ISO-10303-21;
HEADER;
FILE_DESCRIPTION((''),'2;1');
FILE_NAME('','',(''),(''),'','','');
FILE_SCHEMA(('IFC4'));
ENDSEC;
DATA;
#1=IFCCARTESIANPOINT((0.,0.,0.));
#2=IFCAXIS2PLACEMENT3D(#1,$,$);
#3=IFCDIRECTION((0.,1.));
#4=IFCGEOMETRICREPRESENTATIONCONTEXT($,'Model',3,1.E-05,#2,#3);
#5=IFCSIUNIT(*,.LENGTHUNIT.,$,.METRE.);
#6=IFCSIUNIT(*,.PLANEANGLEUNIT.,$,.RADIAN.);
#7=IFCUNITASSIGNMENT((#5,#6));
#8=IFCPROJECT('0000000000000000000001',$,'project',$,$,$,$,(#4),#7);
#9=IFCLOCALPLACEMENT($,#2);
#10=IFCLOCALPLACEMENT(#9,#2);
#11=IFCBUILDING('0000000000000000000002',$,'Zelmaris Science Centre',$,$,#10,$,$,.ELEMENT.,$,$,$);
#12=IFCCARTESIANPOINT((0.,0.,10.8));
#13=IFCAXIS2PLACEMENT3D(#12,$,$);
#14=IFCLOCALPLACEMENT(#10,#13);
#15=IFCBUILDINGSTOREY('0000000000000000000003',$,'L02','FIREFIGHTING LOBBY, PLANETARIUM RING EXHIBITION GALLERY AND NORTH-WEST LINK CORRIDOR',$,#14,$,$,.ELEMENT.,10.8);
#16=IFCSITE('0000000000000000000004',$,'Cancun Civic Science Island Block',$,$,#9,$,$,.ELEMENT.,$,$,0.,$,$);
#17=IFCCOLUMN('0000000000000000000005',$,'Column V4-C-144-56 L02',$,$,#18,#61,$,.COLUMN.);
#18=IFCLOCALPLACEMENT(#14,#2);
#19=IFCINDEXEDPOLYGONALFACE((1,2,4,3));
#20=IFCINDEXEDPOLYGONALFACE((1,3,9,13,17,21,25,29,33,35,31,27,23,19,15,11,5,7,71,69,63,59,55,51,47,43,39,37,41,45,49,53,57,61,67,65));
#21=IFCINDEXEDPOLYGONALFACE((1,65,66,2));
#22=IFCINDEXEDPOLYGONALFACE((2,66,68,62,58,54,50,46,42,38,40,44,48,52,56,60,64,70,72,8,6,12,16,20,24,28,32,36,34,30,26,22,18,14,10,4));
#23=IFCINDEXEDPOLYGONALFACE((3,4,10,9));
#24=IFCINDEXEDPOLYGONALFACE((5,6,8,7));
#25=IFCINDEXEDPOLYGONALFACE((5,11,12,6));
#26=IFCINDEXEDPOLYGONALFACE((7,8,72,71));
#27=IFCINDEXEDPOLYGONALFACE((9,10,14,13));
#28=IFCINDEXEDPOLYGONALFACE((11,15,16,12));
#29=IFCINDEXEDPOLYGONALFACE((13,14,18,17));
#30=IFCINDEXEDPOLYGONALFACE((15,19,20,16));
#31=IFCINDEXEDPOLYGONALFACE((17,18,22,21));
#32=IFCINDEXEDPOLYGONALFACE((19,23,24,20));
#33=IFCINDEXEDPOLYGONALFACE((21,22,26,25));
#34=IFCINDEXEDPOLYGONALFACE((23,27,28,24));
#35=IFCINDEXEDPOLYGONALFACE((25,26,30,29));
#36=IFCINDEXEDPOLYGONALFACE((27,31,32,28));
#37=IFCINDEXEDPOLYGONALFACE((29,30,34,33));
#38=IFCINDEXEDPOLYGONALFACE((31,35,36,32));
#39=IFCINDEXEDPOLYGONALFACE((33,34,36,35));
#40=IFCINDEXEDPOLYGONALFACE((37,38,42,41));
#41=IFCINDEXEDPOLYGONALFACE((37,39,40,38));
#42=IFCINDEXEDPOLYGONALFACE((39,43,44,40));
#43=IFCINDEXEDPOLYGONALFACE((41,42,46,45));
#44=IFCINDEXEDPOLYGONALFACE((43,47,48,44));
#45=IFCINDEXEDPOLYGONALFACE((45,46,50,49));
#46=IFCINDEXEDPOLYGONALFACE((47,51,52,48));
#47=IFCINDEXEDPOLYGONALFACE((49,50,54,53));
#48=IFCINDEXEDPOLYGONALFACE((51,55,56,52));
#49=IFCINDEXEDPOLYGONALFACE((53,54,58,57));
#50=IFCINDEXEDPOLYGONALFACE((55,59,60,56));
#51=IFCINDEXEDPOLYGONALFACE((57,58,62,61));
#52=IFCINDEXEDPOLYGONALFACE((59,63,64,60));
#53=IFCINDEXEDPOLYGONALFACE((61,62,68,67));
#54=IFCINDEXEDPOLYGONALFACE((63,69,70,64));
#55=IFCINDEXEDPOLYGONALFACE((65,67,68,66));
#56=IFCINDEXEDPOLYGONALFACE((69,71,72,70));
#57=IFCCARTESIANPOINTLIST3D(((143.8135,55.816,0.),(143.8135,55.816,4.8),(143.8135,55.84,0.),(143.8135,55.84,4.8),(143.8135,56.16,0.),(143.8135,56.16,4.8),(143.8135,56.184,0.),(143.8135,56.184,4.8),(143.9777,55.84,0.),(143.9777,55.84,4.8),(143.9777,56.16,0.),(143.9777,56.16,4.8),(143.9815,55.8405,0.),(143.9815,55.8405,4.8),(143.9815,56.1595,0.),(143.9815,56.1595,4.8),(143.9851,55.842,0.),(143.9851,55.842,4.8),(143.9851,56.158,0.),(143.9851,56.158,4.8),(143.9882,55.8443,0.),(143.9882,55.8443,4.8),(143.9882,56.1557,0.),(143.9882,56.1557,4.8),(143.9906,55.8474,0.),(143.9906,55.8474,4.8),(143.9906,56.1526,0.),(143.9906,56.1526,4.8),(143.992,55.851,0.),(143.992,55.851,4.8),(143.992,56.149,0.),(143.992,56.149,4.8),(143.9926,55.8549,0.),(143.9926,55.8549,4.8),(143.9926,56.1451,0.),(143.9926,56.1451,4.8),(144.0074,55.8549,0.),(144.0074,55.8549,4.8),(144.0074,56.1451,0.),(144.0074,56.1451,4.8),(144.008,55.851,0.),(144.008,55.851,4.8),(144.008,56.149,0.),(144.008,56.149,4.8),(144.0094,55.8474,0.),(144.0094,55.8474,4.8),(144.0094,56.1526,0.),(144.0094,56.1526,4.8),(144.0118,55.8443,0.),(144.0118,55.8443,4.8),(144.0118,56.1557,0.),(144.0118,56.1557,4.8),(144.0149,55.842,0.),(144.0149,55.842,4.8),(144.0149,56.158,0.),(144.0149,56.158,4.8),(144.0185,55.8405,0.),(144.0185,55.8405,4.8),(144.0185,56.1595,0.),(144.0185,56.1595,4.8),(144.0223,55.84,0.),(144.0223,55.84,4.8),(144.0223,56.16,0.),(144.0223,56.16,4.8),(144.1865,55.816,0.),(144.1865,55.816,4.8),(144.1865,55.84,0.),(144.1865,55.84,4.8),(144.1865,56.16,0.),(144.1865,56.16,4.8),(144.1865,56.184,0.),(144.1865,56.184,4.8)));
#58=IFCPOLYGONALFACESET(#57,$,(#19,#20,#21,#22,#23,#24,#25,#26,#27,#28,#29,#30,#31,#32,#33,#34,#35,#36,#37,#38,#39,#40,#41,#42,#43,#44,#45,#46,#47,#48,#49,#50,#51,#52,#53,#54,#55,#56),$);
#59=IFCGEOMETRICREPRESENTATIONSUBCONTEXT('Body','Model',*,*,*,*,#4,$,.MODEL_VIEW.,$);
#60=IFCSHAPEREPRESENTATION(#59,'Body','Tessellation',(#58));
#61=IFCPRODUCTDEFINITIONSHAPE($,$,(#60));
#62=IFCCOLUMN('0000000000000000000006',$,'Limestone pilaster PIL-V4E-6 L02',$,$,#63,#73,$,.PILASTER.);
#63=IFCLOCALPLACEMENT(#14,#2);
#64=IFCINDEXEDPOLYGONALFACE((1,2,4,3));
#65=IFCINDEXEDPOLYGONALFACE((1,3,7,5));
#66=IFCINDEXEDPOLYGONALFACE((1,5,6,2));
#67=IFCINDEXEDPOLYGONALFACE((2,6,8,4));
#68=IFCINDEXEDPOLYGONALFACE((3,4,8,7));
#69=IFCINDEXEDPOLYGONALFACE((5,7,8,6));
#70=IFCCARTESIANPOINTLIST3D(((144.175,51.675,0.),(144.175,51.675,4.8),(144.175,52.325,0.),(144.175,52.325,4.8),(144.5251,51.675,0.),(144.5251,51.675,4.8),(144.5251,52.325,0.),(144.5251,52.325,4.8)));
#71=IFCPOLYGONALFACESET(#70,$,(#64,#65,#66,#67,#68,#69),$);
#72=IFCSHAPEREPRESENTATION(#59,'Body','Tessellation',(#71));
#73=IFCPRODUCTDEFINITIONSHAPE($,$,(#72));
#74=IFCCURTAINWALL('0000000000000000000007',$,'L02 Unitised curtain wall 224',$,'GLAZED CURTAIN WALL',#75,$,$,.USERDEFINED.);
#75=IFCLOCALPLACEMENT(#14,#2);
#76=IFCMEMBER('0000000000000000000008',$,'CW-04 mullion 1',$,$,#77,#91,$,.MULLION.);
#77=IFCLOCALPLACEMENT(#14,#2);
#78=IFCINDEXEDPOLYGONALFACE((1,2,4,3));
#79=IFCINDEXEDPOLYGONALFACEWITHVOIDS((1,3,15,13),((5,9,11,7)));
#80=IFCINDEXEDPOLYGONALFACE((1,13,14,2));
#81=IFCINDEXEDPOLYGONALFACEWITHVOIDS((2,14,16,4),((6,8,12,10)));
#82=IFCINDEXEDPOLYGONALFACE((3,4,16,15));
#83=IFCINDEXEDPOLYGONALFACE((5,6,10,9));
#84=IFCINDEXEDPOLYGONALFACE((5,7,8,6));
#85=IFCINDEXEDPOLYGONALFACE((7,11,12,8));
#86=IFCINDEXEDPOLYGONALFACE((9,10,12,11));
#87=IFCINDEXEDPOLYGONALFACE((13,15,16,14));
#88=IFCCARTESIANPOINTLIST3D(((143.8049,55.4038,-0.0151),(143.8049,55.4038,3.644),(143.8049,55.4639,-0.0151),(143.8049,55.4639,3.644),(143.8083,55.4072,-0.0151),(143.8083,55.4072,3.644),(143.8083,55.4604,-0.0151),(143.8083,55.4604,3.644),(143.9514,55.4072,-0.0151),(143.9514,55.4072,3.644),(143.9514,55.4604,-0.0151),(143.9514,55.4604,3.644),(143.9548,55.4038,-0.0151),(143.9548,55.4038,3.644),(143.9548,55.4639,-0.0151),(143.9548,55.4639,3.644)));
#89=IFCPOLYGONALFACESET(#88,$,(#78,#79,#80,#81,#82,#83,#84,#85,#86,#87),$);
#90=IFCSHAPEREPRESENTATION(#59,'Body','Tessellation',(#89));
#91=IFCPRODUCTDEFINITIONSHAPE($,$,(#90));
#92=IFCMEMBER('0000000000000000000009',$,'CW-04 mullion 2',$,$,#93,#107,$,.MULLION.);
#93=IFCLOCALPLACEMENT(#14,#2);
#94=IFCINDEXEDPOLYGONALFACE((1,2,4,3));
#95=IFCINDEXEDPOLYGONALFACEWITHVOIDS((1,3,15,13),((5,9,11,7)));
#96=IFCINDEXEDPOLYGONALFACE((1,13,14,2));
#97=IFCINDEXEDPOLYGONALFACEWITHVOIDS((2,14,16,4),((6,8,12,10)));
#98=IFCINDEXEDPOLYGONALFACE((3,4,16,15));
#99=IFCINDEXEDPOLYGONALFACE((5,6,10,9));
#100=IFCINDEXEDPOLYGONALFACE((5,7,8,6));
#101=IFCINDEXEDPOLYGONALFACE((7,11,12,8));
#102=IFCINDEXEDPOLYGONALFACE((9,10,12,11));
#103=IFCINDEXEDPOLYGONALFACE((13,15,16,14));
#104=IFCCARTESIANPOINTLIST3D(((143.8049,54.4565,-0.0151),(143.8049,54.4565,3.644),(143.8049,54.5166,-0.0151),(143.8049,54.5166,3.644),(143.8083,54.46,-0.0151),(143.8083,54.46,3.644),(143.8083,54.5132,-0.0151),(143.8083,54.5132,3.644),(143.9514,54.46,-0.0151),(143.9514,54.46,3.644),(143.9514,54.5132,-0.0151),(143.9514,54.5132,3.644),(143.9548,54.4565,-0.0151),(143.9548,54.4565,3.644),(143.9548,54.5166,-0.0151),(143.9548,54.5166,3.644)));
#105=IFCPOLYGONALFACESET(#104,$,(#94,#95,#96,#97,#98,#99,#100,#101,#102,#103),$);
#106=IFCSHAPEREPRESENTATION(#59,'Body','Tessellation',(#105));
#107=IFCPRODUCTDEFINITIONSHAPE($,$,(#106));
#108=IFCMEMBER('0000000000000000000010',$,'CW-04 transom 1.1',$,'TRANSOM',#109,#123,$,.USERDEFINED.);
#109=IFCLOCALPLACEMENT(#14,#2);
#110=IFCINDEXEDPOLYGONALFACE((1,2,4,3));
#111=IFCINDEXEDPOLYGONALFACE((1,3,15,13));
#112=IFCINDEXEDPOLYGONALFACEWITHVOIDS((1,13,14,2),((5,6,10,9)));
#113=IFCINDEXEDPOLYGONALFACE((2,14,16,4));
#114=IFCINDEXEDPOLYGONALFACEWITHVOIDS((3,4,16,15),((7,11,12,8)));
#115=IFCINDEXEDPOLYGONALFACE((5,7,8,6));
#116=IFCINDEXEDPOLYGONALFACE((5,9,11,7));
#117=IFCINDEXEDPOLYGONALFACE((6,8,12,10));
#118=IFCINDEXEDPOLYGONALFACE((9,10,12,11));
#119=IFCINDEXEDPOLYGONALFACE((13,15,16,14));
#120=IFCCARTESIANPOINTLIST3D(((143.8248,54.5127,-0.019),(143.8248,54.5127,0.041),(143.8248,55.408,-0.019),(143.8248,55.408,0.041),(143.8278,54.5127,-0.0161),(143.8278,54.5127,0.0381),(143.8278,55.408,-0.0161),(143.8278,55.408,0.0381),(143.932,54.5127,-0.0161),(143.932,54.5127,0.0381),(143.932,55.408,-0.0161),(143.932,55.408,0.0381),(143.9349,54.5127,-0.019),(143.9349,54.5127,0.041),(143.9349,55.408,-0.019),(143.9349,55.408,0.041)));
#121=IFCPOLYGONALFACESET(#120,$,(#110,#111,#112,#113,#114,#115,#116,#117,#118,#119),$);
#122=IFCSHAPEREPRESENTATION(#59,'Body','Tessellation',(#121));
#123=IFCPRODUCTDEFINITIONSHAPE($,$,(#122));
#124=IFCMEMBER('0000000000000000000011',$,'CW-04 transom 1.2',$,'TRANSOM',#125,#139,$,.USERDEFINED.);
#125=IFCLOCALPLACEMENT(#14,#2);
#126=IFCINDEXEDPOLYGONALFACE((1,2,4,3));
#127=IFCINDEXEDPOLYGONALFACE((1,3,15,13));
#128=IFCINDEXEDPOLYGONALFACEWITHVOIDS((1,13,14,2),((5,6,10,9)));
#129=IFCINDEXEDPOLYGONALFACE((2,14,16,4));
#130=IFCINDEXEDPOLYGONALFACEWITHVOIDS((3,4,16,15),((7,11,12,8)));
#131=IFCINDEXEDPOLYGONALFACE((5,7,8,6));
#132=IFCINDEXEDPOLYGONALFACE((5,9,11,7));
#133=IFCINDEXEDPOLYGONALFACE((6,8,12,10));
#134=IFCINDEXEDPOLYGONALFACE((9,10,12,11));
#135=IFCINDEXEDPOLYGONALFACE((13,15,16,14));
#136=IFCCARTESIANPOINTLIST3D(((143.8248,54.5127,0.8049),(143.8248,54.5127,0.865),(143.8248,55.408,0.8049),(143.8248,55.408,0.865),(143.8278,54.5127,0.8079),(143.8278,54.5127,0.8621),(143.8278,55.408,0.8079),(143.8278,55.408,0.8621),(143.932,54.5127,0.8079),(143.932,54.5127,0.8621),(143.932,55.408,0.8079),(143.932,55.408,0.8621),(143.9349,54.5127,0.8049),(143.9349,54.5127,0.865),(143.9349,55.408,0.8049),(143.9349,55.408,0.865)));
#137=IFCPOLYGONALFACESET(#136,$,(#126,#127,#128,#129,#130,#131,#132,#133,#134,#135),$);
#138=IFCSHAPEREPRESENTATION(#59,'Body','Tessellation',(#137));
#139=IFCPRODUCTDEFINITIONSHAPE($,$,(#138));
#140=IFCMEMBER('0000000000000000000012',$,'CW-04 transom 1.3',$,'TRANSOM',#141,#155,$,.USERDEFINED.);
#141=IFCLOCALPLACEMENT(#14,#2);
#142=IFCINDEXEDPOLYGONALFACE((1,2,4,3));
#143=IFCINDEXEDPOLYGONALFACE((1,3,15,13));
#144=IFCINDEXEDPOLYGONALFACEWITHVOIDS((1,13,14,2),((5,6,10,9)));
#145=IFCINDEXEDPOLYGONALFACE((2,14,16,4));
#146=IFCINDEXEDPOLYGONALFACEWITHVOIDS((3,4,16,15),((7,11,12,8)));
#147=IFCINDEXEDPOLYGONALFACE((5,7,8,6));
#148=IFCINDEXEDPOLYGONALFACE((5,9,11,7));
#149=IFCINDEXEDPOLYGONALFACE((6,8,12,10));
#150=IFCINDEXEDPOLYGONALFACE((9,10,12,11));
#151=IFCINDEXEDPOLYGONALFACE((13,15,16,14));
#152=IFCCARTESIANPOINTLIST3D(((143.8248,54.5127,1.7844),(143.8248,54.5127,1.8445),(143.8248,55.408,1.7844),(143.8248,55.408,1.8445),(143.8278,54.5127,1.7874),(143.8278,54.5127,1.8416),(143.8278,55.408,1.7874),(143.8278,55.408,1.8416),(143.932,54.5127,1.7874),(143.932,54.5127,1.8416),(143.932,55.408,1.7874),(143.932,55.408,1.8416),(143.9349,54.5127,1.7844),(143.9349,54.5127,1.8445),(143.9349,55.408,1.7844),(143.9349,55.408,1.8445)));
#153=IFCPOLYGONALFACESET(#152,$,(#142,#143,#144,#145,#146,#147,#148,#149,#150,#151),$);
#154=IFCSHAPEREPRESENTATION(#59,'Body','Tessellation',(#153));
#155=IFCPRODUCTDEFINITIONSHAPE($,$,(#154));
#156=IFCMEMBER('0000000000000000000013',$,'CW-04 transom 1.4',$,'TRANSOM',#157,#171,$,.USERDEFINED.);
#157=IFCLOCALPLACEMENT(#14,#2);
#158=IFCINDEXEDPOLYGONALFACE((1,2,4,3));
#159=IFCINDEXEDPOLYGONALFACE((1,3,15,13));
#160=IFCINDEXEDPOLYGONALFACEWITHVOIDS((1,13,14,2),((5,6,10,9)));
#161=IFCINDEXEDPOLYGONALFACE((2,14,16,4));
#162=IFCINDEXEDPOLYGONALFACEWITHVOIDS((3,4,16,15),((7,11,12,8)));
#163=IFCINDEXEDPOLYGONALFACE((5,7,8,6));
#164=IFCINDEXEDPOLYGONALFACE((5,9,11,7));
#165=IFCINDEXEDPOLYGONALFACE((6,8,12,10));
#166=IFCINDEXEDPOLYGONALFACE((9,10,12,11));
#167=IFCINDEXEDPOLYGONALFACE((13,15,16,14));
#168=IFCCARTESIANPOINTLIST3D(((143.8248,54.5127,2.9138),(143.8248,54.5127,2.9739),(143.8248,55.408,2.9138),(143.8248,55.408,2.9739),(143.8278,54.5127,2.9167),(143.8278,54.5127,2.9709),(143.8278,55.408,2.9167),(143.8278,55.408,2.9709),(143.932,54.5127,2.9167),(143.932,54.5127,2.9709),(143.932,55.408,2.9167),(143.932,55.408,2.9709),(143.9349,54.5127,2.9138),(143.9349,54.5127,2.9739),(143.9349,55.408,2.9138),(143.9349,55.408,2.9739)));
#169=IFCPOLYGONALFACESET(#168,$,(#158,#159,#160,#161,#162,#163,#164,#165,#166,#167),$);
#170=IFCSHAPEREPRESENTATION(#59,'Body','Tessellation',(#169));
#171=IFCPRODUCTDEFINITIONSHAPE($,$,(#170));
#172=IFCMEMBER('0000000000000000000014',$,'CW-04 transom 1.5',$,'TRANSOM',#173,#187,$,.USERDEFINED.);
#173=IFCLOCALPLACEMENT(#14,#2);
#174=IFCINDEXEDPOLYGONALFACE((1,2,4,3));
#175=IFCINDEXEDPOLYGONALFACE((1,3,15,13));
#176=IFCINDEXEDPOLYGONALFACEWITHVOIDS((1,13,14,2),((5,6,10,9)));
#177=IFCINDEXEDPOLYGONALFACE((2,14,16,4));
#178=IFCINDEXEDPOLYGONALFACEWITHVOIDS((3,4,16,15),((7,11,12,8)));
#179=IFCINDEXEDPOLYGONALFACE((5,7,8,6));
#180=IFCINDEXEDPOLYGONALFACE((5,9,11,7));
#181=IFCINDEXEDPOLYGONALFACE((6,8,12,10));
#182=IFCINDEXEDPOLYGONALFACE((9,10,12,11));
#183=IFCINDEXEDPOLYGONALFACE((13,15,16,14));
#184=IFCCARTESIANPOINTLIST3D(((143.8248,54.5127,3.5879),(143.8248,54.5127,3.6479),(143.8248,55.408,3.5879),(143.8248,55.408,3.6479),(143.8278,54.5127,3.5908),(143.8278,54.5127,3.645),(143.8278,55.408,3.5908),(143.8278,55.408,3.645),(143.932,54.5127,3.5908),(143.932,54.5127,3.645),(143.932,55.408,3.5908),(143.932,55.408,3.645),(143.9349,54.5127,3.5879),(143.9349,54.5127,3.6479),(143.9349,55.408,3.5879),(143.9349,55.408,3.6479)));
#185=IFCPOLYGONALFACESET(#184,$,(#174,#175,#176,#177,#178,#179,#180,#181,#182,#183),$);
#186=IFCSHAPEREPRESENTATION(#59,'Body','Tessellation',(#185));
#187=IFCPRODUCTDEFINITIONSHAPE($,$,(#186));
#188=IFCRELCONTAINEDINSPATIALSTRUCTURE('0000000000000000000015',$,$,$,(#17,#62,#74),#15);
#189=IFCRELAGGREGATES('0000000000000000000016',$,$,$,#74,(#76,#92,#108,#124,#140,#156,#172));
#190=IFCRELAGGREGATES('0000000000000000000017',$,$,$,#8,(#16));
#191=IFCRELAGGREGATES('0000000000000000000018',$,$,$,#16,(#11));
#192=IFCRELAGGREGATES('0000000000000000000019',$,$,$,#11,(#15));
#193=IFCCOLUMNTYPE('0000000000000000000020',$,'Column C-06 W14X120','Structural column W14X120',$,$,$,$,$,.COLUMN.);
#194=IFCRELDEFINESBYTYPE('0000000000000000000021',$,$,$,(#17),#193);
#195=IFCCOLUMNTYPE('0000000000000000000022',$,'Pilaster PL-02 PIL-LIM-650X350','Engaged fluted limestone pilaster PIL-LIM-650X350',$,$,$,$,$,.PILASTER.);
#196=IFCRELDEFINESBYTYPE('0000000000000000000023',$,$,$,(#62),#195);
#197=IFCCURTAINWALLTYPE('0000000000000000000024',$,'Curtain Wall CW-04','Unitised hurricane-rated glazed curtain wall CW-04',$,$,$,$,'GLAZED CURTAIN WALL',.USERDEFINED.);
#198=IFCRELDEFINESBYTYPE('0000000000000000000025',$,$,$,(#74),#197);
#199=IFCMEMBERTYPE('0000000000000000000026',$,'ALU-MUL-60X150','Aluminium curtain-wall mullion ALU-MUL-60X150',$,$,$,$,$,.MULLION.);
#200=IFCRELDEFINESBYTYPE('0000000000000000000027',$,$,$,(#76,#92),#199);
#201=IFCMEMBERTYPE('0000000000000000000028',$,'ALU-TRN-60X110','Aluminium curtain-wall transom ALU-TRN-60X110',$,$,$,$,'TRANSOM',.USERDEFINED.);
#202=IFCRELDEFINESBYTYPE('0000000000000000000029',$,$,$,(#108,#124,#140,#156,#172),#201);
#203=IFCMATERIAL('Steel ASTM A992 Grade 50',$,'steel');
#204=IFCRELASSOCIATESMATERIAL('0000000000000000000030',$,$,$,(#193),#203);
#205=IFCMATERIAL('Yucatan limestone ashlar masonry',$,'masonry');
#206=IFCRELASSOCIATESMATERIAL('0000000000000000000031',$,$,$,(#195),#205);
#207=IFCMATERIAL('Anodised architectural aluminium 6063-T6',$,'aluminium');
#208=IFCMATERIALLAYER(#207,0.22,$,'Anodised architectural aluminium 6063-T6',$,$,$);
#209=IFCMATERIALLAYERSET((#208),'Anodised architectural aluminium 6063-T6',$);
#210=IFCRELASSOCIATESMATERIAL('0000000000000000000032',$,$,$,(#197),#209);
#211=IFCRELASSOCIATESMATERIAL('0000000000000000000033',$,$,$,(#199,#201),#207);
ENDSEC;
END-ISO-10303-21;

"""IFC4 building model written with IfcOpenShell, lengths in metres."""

from ifc_helpers import new_model, si_unit, direction, frame, origin, origin_2d, place, context, subcontext, project, spatial, rectangle, hollow_rectangle, i_section, extrude, material, layer, layer_set, material_profile, profile_set, type_object, element, aggregate, save


model = new_model("IFC4")

# Units and contexts
model_context = context("Model", 3, precision=1e-05, world=origin(), true_north=direction((0.0, 1.0)))
body_context = subcontext(model_context, "Body", "Model", "MODEL_VIEW")
ifc_project = project(units=[si_unit("LENGTHUNIT", "METRE"), si_unit("PLANEANGLEUNIT", "RADIAN")], contexts=[model_context])

# Site, building, storey
site_placement = place(None, origin())
site = spatial("IfcSite", under=ifc_project, at=site_placement, Name="Cancun Civic Science Island Block", CompositionType="ELEMENT", RefElevation=0.0)
building_placement = place(site_placement, origin())
building = spatial("IfcBuilding", under=site, at=building_placement, Name="Zelmaris Science Centre", CompositionType="ELEMENT")
storey_placement = place(building_placement, frame((0.0, 0.0, 10.8)))
storey = spatial("IfcBuildingStorey", under=building, at=storey_placement, Name="L02", Description="FIREFIGHTING LOBBY, PLANETARIUM RING EXHIBITION GALLERY AND NORTH-WEST LINK CORRIDOR", CompositionType="ELEMENT", Elevation=10.8)

# Columns
ifc_material_1 = material(Name="Steel ASTM A992 Grade 50", Category="steel")
ifc_material_profile_1 = material_profile(ifc_material_1, i_section(OverallWidth=0.373, OverallDepth=0.3679, WebThickness=0.0149, FlangeThickness=0.0239, FilletRadius=0.0149, at=origin_2d()), Name="W14X120")
ifc_profile_set_1 = profile_set([ifc_material_profile_1], Name="Steel ASTM A992 Grade 50")
column_type_1 = type_object("IfcColumnType", Name="Column C-06 W14X120", Description="Structural column W14X120", PredefinedType="COLUMN", material=ifc_profile_set_1)
column_1_placement = place(storey_placement, frame((144.0, 56.0, 0.0), z_axis=(0.0, 0.0, 1.0), x_axis=(1.0, 0.0, 0.0)))
element("IfcColumn", 1, at=column_1_placement, inside=storey, type_object=column_type_1, Name="Column V4-C-144-56 L02", PredefinedType="COLUMN", context=body_context, shape_type="SweptSolid", body=[
    extrude(i_section(OverallWidth=0.373, OverallDepth=0.3679, WebThickness=0.0149, FlangeThickness=0.0239, FilletRadius=0.0149, at=origin_2d()), origin(), (0.0, 0.0, 1.0), 4.8),
])
ifc_material_2 = material(Name="Yucatan limestone ashlar masonry", Category="masonry")
ifc_material_profile_2 = material_profile(ifc_material_2, rectangle(XDim=0.6499, YDim=0.3501, at=origin_2d()), Name="PIL-LIM-650X350")
ifc_profile_set_2 = profile_set([ifc_material_profile_2], Name="Yucatan limestone ashlar masonry")
column_type_2 = type_object("IfcColumnType", Name="Pilaster PL-02 PIL-LIM-650X350", Description="Engaged fluted limestone pilaster PIL-LIM-650X350", PredefinedType="PILASTER", material=ifc_profile_set_2)
column_2_placement = place(storey_placement, frame((144.3501, 52.0, 0.0), z_axis=(0.0, 0.0, 1.0), x_axis=(0.0, 1.0, 0.0)))
element("IfcColumn", 2, at=column_2_placement, inside=storey, type_object=column_type_2, Name="Limestone pilaster PIL-V4E-6 L02", PredefinedType="PILASTER", context=body_context, shape_type="SweptSolid", body=[
    extrude(rectangle(XDim=0.6499, YDim=0.3501, at=origin_2d()), origin(), (0.0, 0.0, 1.0), 4.8),
])

# Curtain wall, members
ifc_material_3 = material(Name="Anodised architectural aluminium 6063-T6", Category="aluminium")
ifc_layer_1 = layer(ifc_material_3, 0.22, Name="Anodised architectural aluminium 6063-T6")
ifc_layer_set_1 = layer_set([ifc_layer_1], Name="Anodised architectural aluminium 6063-T6")
curtain_wall_type = type_object("IfcCurtainWallType", Name="Curtain Wall CW-04", Description="Unitised hurricane-rated glazed curtain wall CW-04", ElementType="GLAZED CURTAIN WALL", PredefinedType="USERDEFINED", material=ifc_layer_set_1)
curtain_wall_placement = place(storey_placement, origin())
curtain_wall = element("IfcCurtainWall", 3, at=curtain_wall_placement, inside=storey, type_object=curtain_wall_type, Name="L02 Unitised curtain wall 224", ObjectType="GLAZED CURTAIN WALL", PredefinedType="USERDEFINED")
ifc_material_profile_3 = material_profile(ifc_material_3, hollow_rectangle(XDim=0.0601, YDim=0.1499, WallThickness=0.0034, at=origin_2d()), Name="ALU-MUL-60X150")
ifc_profile_set_3 = profile_set([ifc_material_profile_3], Name="Anodised architectural aluminium 6063-T6")
member_type_1 = type_object("IfcMemberType", Name="ALU-MUL-60X150", Description="Aluminium curtain-wall mullion ALU-MUL-60X150", PredefinedType="MULLION", material=ifc_profile_set_3)
member_1_placement = place(storey_placement, frame((143.8799, 55.4338, -0.0151), z_axis=(0.0, 0.0, 1.0), x_axis=(0.0, -1.0, 0.0)))
member_1 = element("IfcMember", 4, at=member_1_placement, type_object=member_type_1, Name="CW-04 mullion 1", PredefinedType="MULLION", context=body_context, shape_type="SweptSolid", body=[
    extrude(hollow_rectangle(XDim=0.0601, YDim=0.1499, WallThickness=0.0034, at=origin_2d()), origin(), (0.0, 0.0, 1.0), 3.6592),
])
member_2_placement = place(storey_placement, frame((143.8799, 54.4866, -0.0151), z_axis=(0.0, 0.0, 1.0), x_axis=(0.0, -1.0, 0.0)))
member_2 = element("IfcMember", 5, at=member_2_placement, type_object=member_type_1, Name="CW-04 mullion 2", PredefinedType="MULLION", context=body_context, shape_type="SweptSolid", body=[
    extrude(hollow_rectangle(XDim=0.0601, YDim=0.1499, WallThickness=0.0034, at=origin_2d()), origin(), (0.0, 0.0, 1.0), 3.6592),
])
ifc_material_profile_4 = material_profile(ifc_material_3, hollow_rectangle(XDim=0.0601, YDim=0.1101, WallThickness=0.0029, at=origin_2d()), Name="ALU-TRN-60X110")
ifc_profile_set_4 = profile_set([ifc_material_profile_4], Name="Anodised architectural aluminium 6063-T6")
member_type_2 = type_object("IfcMemberType", Name="ALU-TRN-60X110", Description="Aluminium curtain-wall transom ALU-TRN-60X110", ElementType="TRANSOM", PredefinedType="USERDEFINED", material=ifc_profile_set_4)
member_3_placement = place(storey_placement, frame((143.8799, 55.408, 0.011), z_axis=(0.0, -1.0, 0.0), x_axis=(0.0, 0.0, 1.0)))
member_3 = element("IfcMember", 6, at=member_3_placement, type_object=member_type_2, Name="CW-04 transom 1.1", ObjectType="TRANSOM", PredefinedType="USERDEFINED", context=body_context, shape_type="SweptSolid", body=[
    extrude(hollow_rectangle(XDim=0.0601, YDim=0.1101, WallThickness=0.0029, at=origin_2d()), origin(), (0.0, 0.0, 1.0), 0.8953),
])
member_4_placement = place(storey_placement, frame((143.8799, 55.408, 0.835), z_axis=(0.0, -1.0, 0.0), x_axis=(0.0, 0.0, 1.0)))
member_4 = element("IfcMember", 7, at=member_4_placement, type_object=member_type_2, Name="CW-04 transom 1.2", ObjectType="TRANSOM", PredefinedType="USERDEFINED", context=body_context, shape_type="SweptSolid", body=[
    extrude(hollow_rectangle(XDim=0.0601, YDim=0.1101, WallThickness=0.0029, at=origin_2d()), origin(), (0.0, 0.0, 1.0), 0.8953),
])
member_5_placement = place(storey_placement, frame((143.8799, 55.408, 1.8145), z_axis=(0.0, -1.0, 0.0), x_axis=(0.0, 0.0, 1.0)))
member_5 = element("IfcMember", 8, at=member_5_placement, type_object=member_type_2, Name="CW-04 transom 1.3", ObjectType="TRANSOM", PredefinedType="USERDEFINED", context=body_context, shape_type="SweptSolid", body=[
    extrude(hollow_rectangle(XDim=0.0601, YDim=0.1101, WallThickness=0.0029, at=origin_2d()), origin(), (0.0, 0.0, 1.0), 0.8953),
])
member_6_placement = place(storey_placement, frame((143.8799, 55.408, 2.9438), z_axis=(0.0, -1.0, 0.0), x_axis=(0.0, 0.0, 1.0)))
member_6 = element("IfcMember", 9, at=member_6_placement, type_object=member_type_2, Name="CW-04 transom 1.4", ObjectType="TRANSOM", PredefinedType="USERDEFINED", context=body_context, shape_type="SweptSolid", body=[
    extrude(hollow_rectangle(XDim=0.0601, YDim=0.1101, WallThickness=0.0029, at=origin_2d()), origin(), (0.0, 0.0, 1.0), 0.8953),
])
member_7_placement = place(storey_placement, frame((143.8799, 55.408, 3.6179), z_axis=(0.0, -1.0, 0.0), x_axis=(0.0, 0.0, 1.0)))
member_7 = element("IfcMember", 10, at=member_7_placement, type_object=member_type_2, Name="CW-04 transom 1.5", ObjectType="TRANSOM", PredefinedType="USERDEFINED", context=body_context, shape_type="SweptSolid", body=[
    extrude(hollow_rectangle(XDim=0.0601, YDim=0.1101, WallThickness=0.0029, at=origin_2d()), origin(), (0.0, 0.0, 1.0), 0.8953),
])
aggregate(curtain_wall, [member_1, member_2, member_3, member_4, member_5, member_6, member_7])

save(model, "model.ifc")
